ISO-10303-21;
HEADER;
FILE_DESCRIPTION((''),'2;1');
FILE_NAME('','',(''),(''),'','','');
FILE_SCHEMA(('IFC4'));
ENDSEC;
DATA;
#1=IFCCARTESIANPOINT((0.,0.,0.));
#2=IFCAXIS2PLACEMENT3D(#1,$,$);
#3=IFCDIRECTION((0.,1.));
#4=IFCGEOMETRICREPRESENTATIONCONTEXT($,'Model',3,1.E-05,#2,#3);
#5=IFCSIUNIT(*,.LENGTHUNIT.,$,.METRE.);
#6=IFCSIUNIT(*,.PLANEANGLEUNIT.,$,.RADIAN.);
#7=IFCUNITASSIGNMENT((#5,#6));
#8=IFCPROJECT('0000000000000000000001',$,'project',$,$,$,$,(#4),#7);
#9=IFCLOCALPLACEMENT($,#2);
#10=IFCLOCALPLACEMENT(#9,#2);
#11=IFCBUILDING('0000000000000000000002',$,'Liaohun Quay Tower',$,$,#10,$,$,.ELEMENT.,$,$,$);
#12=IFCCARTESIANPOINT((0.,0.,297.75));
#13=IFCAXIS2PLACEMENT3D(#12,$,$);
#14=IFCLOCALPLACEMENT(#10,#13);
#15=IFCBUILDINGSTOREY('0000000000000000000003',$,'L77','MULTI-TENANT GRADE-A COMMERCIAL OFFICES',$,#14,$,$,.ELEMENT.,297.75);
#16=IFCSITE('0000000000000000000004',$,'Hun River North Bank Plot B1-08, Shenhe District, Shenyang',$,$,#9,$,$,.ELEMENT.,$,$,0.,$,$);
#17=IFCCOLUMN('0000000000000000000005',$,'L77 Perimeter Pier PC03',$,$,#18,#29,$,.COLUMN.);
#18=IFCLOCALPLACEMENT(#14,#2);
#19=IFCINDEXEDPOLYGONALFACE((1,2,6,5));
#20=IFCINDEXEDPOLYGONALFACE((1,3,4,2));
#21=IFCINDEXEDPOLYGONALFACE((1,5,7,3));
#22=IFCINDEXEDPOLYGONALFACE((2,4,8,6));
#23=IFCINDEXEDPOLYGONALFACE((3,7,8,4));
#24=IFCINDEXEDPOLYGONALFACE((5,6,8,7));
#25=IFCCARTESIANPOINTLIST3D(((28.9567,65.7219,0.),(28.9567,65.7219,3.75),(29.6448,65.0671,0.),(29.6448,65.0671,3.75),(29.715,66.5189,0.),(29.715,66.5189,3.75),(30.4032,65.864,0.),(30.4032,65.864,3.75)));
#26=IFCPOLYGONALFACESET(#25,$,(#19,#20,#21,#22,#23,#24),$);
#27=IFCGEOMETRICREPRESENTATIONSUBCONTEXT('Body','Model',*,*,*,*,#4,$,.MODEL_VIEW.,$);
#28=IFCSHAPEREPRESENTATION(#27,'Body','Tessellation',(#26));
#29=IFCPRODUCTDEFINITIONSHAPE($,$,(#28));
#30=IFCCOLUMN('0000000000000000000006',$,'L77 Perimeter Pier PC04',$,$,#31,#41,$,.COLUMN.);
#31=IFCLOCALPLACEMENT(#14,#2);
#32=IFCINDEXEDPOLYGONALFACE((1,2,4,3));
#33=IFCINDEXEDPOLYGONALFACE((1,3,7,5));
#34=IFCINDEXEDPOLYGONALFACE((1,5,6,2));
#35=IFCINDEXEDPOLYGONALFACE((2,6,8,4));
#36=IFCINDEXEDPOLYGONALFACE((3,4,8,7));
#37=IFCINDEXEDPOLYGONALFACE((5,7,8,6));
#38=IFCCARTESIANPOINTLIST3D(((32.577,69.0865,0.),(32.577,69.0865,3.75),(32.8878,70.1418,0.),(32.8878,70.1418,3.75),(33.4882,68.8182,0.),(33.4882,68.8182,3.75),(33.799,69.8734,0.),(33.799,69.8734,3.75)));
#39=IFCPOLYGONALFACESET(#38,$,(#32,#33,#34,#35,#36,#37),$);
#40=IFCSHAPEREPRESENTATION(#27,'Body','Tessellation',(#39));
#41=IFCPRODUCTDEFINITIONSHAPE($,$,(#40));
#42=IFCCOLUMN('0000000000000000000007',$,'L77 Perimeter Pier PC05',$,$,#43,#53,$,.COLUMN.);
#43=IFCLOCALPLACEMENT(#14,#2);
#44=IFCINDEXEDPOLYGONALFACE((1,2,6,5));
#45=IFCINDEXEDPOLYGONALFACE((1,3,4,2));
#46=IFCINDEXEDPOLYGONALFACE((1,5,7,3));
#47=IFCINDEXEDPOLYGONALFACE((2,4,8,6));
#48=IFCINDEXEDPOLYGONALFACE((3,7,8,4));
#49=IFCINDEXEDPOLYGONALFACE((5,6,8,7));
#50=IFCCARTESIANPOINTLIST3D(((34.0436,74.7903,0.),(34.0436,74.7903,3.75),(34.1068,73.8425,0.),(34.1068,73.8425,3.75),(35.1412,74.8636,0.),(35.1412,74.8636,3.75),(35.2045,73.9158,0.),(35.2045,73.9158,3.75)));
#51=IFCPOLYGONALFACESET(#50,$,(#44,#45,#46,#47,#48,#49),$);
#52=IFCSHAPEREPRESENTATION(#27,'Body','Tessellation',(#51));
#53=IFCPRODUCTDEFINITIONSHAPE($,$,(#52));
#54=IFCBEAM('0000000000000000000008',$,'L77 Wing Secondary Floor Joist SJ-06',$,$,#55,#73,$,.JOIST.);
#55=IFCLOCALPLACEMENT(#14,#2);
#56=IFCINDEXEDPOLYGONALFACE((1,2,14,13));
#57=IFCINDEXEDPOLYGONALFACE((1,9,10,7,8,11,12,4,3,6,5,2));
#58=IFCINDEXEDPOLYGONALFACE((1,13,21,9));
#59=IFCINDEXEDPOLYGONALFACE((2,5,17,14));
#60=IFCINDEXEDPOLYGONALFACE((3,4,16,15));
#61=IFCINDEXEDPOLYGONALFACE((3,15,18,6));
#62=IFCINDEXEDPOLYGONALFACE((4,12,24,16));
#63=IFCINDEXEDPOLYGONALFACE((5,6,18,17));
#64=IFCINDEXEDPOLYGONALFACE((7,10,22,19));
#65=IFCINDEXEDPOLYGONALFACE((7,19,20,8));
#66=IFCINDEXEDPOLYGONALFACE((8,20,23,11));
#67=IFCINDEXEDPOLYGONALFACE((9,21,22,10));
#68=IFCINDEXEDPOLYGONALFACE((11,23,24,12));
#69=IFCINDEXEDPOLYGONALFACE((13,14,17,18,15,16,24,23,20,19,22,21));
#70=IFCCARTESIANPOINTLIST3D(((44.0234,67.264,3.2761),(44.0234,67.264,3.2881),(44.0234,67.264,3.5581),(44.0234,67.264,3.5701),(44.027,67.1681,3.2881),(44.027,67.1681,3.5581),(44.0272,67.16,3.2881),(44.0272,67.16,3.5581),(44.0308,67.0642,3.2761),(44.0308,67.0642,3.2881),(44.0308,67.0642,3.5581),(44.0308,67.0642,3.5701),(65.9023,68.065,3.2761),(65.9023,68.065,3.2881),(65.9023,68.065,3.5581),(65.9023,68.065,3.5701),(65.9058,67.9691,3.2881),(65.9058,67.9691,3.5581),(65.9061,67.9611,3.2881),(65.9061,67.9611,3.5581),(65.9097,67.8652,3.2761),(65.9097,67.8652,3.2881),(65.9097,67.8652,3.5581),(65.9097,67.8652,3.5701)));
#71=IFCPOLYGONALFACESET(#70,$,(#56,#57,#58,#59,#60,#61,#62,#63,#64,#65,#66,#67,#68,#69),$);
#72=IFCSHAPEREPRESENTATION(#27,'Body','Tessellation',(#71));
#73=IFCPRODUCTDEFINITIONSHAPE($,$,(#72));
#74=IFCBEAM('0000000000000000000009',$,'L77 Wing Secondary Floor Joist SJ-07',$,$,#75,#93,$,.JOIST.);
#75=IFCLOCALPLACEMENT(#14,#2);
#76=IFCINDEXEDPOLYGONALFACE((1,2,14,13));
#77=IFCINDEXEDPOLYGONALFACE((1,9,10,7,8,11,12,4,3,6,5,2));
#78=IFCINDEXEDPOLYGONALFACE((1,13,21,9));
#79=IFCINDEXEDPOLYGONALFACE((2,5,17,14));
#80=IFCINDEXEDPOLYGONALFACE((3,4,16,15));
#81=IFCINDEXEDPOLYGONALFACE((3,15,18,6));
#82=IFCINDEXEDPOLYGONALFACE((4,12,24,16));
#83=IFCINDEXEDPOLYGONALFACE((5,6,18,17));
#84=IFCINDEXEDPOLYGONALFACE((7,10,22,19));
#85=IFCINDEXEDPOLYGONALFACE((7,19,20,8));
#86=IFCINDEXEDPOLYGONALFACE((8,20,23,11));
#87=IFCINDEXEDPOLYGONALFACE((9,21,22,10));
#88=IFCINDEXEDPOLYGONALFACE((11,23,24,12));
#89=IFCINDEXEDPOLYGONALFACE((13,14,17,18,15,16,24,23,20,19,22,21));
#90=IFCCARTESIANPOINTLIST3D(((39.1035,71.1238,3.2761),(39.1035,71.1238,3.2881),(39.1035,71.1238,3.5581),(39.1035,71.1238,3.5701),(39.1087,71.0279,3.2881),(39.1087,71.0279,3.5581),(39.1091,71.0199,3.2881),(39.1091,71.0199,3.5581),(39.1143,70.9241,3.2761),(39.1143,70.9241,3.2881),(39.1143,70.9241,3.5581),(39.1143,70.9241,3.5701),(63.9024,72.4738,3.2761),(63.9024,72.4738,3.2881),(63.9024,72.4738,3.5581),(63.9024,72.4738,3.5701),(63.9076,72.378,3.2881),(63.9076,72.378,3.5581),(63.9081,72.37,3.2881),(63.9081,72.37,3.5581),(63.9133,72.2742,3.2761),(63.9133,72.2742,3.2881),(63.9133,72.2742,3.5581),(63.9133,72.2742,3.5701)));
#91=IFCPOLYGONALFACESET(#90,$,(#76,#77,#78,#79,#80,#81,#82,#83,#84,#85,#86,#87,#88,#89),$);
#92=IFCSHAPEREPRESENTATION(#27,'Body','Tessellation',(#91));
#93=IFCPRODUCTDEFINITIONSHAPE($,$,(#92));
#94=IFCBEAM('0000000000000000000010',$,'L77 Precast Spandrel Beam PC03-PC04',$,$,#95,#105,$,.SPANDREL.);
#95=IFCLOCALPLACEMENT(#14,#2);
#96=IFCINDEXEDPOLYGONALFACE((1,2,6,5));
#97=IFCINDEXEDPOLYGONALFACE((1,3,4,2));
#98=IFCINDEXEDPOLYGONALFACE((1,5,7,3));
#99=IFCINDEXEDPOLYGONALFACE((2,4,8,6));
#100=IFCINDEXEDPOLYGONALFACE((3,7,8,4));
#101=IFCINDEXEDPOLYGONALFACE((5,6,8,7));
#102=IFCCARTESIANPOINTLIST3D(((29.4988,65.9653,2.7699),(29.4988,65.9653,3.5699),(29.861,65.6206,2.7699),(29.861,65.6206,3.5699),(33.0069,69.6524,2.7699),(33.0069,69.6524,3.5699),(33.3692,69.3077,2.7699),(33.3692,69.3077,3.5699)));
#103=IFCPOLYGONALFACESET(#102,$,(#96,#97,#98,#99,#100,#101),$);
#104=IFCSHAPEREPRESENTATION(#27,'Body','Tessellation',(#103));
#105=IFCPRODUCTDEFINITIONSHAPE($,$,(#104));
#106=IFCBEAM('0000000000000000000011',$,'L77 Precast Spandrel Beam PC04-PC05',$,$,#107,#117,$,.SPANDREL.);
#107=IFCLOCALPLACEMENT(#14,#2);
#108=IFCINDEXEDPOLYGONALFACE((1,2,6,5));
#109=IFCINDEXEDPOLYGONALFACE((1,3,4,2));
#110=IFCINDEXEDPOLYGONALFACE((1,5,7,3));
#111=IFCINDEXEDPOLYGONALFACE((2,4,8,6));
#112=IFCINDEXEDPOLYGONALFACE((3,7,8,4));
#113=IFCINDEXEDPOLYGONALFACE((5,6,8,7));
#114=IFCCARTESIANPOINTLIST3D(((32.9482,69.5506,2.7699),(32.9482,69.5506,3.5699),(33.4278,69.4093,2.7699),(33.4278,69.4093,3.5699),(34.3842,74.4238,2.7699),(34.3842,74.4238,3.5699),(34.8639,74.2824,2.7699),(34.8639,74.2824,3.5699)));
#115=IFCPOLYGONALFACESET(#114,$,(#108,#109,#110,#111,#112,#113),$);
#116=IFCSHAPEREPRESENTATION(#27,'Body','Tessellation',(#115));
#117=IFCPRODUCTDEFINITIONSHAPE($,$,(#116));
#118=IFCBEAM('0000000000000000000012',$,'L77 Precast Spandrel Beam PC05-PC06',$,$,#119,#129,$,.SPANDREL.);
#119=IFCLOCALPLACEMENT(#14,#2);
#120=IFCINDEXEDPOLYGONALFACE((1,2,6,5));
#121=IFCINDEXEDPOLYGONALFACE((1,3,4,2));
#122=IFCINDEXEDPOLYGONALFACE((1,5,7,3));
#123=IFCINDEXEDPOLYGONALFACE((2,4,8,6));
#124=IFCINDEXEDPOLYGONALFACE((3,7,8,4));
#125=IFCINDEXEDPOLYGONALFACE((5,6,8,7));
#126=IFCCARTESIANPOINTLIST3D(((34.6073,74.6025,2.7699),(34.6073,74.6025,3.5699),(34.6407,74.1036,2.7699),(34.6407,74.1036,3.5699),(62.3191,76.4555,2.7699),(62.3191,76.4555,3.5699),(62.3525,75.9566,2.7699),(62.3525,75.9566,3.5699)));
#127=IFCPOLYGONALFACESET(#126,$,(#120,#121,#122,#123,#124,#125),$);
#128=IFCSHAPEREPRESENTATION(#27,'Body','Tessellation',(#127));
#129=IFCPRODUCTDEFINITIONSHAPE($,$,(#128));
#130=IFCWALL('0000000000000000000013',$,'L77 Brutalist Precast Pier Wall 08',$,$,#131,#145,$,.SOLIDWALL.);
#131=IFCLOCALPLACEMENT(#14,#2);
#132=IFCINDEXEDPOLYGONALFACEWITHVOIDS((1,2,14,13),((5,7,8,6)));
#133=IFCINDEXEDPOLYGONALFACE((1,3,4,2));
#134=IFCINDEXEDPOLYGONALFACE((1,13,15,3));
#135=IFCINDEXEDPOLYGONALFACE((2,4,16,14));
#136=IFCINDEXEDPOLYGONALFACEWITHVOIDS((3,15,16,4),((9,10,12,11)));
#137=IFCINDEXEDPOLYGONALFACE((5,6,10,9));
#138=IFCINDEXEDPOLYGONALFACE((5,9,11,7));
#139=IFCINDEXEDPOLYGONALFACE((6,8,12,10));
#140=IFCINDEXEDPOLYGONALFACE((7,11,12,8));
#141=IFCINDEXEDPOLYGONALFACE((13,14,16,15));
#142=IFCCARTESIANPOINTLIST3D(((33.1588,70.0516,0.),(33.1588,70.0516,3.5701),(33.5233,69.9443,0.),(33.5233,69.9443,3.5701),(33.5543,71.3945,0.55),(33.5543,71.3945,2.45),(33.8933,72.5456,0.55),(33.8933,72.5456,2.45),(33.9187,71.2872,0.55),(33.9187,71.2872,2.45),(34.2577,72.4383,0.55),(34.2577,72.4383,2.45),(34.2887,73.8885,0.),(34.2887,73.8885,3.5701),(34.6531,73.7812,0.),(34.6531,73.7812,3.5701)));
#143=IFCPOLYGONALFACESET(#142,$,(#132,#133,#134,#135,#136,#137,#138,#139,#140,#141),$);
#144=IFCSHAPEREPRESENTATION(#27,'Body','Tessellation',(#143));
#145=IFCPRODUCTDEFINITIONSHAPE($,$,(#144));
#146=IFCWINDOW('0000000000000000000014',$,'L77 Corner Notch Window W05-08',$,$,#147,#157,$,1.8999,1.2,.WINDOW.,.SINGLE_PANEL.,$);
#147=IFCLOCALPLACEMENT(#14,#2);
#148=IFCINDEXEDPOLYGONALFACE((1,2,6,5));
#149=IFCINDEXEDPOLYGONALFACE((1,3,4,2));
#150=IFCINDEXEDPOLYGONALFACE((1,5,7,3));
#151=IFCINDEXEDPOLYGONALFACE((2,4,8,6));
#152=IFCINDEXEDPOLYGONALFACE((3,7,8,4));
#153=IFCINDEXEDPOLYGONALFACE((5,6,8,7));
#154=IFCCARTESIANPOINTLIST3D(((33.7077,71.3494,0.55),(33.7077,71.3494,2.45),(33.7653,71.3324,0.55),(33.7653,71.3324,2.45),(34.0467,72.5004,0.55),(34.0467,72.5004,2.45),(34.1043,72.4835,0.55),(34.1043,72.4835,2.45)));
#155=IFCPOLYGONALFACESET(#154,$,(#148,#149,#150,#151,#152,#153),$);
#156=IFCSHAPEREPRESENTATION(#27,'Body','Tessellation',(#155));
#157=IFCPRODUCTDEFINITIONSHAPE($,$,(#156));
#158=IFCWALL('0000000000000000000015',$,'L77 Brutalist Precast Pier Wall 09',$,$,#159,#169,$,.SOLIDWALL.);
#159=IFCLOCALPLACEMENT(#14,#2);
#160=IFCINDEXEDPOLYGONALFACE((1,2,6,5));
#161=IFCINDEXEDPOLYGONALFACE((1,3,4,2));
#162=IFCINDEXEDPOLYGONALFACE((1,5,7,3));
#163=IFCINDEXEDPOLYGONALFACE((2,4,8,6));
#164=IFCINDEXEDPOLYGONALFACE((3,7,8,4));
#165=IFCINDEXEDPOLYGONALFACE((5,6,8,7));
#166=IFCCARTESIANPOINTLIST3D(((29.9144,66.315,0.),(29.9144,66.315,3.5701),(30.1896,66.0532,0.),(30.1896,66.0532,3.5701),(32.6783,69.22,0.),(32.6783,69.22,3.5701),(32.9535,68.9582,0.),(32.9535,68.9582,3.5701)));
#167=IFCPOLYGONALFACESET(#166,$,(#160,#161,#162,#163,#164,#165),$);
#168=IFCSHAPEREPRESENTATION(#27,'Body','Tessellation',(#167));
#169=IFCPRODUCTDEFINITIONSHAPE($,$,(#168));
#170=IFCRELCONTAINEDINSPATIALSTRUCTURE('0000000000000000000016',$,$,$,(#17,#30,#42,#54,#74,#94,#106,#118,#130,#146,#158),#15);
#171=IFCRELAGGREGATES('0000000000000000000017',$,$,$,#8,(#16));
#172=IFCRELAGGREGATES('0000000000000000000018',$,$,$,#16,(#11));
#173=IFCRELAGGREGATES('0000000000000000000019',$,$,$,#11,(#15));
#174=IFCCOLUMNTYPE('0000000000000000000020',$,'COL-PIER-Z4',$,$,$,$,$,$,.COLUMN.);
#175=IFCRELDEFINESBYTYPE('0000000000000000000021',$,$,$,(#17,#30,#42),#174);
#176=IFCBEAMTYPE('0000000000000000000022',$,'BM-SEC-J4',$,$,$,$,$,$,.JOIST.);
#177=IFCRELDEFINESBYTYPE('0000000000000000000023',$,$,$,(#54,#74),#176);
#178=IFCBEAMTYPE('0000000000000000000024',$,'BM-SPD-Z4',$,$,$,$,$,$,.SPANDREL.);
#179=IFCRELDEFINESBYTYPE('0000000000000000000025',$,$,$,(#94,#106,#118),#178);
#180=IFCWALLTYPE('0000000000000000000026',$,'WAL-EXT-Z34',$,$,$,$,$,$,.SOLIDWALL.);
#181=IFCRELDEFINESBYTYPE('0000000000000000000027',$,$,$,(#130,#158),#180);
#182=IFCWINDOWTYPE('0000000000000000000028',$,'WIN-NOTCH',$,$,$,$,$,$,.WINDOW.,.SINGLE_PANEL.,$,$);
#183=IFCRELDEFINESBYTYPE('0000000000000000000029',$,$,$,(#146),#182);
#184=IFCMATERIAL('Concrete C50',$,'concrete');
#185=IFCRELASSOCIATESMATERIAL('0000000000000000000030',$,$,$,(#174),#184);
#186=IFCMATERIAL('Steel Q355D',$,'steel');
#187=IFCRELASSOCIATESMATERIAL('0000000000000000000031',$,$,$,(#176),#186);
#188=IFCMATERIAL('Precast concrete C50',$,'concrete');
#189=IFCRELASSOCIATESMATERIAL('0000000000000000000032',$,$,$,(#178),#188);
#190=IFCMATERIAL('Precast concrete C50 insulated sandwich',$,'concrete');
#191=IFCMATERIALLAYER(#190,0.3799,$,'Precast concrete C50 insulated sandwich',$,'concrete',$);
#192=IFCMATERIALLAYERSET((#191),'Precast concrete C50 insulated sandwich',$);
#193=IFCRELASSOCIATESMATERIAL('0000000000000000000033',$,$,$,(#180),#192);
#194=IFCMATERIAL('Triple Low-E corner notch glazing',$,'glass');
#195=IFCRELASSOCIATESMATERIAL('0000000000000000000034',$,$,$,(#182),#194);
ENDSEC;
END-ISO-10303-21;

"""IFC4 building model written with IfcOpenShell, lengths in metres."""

from ifc_helpers import new_model, si_unit, direction, frame, frame_2d, origin, origin_2d, place, context, subcontext, project, spatial, rectangle, i_section, extrude, source, transform, mapped, material, layer, layer_set, material_profile, profile_set, type_object, element, fill, save


model = new_model("IFC4")

# Units and contexts
model_context = context("Model", 3, precision=1e-05, world=origin(), true_north=direction((0.0, 1.0)))
body_context = subcontext(model_context, "Body", "Model", "MODEL_VIEW")
ifc_project = project(units=[si_unit("LENGTHUNIT", "METRE"), si_unit("PLANEANGLEUNIT", "RADIAN")], contexts=[model_context])

# Site, building, storey
site_placement = place(None, origin())
site = spatial("IfcSite", under=ifc_project, at=site_placement, Name="Hun River North Bank Plot B1-08, Shenhe District, Shenyang", CompositionType="ELEMENT", RefElevation=0.0)
building_placement = place(site_placement, origin())
building = spatial("IfcBuilding", under=site, at=building_placement, Name="Liaohun Quay Tower", CompositionType="ELEMENT")
storey_placement = place(building_placement, frame((0.0, 0.0, 297.75)))
storey = spatial("IfcBuildingStorey", under=building, at=storey_placement, Name="L77", Description="MULTI-TENANT GRADE-A COMMERCIAL OFFICES", CompositionType="ELEMENT", Elevation=297.75)

# Columns
ifc_material_1 = material(Name="Concrete C50", Category="concrete")
ifc_material_profile_1 = material_profile(ifc_material_1, rectangle(XDim=1.1001, YDim=0.95, at=origin_2d()), Name="RC1100x950")
ifc_profile_set_1 = profile_set([ifc_material_profile_1], Name="Concrete C50")
column_type = type_object("IfcColumnType", Name="COL-PIER-Z4", PredefinedType="COLUMN", material=ifc_profile_set_1)
shared_shape_1 = source(origin(), body_context, "Body", "SweptSolid", [
    extrude(rectangle(XDim=1.1001, YDim=0.95, at=origin_2d()), origin(), (0.0, 0.0, 1.0), 3.75),
])
for number, where, z_axis, x_axis, name in (
    (1, (29.6799, 65.793, 0.0), (0.0, 0.0, 1.0), (0.689367, 0.724413, 0.0), "L77 Perimeter Pier PC03"),
    (2, (33.188, 69.48, 0.0), (0.0, 0.0, 1.0), (0.282509, 0.959265, 0.0), "L77 Perimeter Pier PC04"),
    (3, (34.624, 74.353, 0.0), (0.0, 0.0, 1.0), (0.997778, 0.066622, 0.0), "L77 Perimeter Pier PC05"),
):
    element("IfcColumn", number, at=place(storey_placement, frame(where, z_axis=z_axis, x_axis=x_axis)), inside=storey, type_object=column_type, Name=name, PredefinedType="COLUMN", context=body_context, shape_type="MappedRepresentation", body=[
        mapped(shared_shape_1, transform((0.0, 0.0, 0.0), x_axis=(1.0, 0.0, 0.0), y_axis=(0.0, 1.0, 0.0), z_axis=(0.0, 0.0, 1.0), scale=1.0)),
    ])

# Beams
ifc_material_2 = material(Name="Steel Q355D", Category="steel")
ifc_material_profile_2 = material_profile(ifc_material_2, i_section(OverallWidth=0.2, OverallDepth=0.2939, WebThickness=0.0081, FlangeThickness=0.012, at=origin_2d()), Name="HM294x200x8x12")
ifc_profile_set_2 = profile_set([ifc_material_profile_2], Name="Steel Q355D")
beam_type_1 = type_object("IfcBeamType", Name="BM-SEC-J4", PredefinedType="JOIST", material=ifc_profile_set_2)
shared_shape_2 = source(origin(), body_context, "Body", "SweptSolid", [
    extrude(i_section(OverallWidth=0.2, OverallDepth=0.2939, WebThickness=0.0081, FlangeThickness=0.012, at=origin_2d()), origin(), (0.0, 0.0, 1.0), 21.8936),
])
beam_1_placement = place(storey_placement, frame((44.0271, 67.1641, 3.4231), z_axis=(0.99933, 0.036587, 0.0), x_axis=(-0.036587, 0.99933, 0.0)))
element("IfcBeam", 4, at=beam_1_placement, inside=storey, type_object=beam_type_1, Name="L77 Wing Secondary Floor Joist SJ-06", PredefinedType="JOIST", context=body_context, shape_type="MappedRepresentation", body=[
    mapped(shared_shape_2, transform((0.0, 0.0, 0.0), x_axis=(1.0, 0.0, 0.0), y_axis=(0.0, 1.0, 0.0), z_axis=(0.0, 0.0, 1.0), scale=1.0)),
])
shared_shape_3 = source(origin(), body_context, "Body", "SweptSolid", [
    extrude(i_section(OverallWidth=0.2, OverallDepth=0.2939, WebThickness=0.0081, FlangeThickness=0.012, at=origin_2d()), origin(), (0.0, 0.0, 1.0), 24.8357),
])
beam_2_placement = place(storey_placement, frame((39.1089, 71.0239, 3.4231), z_axis=(0.998521, 0.054361, 0.0), x_axis=(-0.054361, 0.998521, 0.0)))
element("IfcBeam", 5, at=beam_2_placement, inside=storey, type_object=beam_type_1, Name="L77 Wing Secondary Floor Joist SJ-07", PredefinedType="JOIST", context=body_context, shape_type="MappedRepresentation", body=[
    mapped(shared_shape_3, transform((0.0, 0.0, 0.0), x_axis=(1.0, 0.0, 0.0), y_axis=(0.0, 1.0, 0.0), z_axis=(0.0, 0.0, 1.0), scale=1.0)),
])
ifc_material_3 = material(Name="Precast concrete C50", Category="concrete")
ifc_material_profile_3 = material_profile(ifc_material_3, rectangle(XDim=0.5, YDim=0.8, at=origin_2d()), Name="RC500x800")
ifc_profile_set_3 = profile_set([ifc_material_profile_3], Name="Precast concrete C50")
beam_type_2 = type_object("IfcBeamType", Name="BM-SPD-Z4", PredefinedType="SPANDREL", material=ifc_profile_set_3)
shared_shape_4 = source(origin(), body_context, "Body", "SweptSolid", [
    extrude(rectangle(XDim=0.5, YDim=0.8, at=origin_2d()), origin(), (0.0, 0.0, 1.0), 5.0894),
])
beam_3_placement = place(storey_placement, frame((29.6799, 65.793, 3.1699), z_axis=(0.689307, 0.72447, 0.0), x_axis=(-0.72447, 0.689307, 0.0)))
element("IfcBeam", 6, at=beam_3_placement, inside=storey, type_object=beam_type_2, Name="L77 Precast Spandrel Beam PC03-PC04", PredefinedType="SPANDREL", context=body_context, shape_type="MappedRepresentation", body=[
    mapped(shared_shape_4, transform((0.0, 0.0, 0.0), x_axis=(1.0, 0.0, 0.0), y_axis=(0.0, 1.0, 0.0), z_axis=(0.0, 0.0, 1.0), scale=1.0)),
])
shared_shape_5 = source(origin(), body_context, "Body", "SweptSolid", [
    extrude(rectangle(XDim=0.5, YDim=0.8, at=origin_2d()), origin(), (0.0, 0.0, 1.0), 5.0803),
])
beam_4_placement = place(storey_placement, frame((33.188, 69.48, 3.1699), z_axis=(0.282671, 0.959217, 0.0), x_axis=(-0.959217, 0.282671, 0.0)))
element("IfcBeam", 7, at=beam_4_placement, inside=storey, type_object=beam_type_2, Name="L77 Precast Spandrel Beam PC04-PC05", PredefinedType="SPANDREL", context=body_context, shape_type="MappedRepresentation", body=[
    mapped(shared_shape_5, transform((0.0, 0.0, 0.0), x_axis=(1.0, 0.0, 0.0), y_axis=(0.0, 1.0, 0.0), z_axis=(0.0, 0.0, 1.0), scale=1.0)),
])
shared_shape_6 = source(origin(), body_context, "Body", "SweptSolid", [
    extrude(rectangle(XDim=0.5, YDim=0.8, at=origin_2d()), origin(), (0.0, 0.0, 1.0), 27.7737),
])
beam_5_placement = place(storey_placement, frame((34.624, 74.353, 3.1699), z_axis=(0.997772, 0.066719, 0.0), x_axis=(-0.066719, 0.997772, 0.0)))
element("IfcBeam", 8, at=beam_5_placement, inside=storey, type_object=beam_type_2, Name="L77 Precast Spandrel Beam PC05-PC06", PredefinedType="SPANDREL", context=body_context, shape_type="MappedRepresentation", body=[
    mapped(shared_shape_6, transform((0.0, 0.0, 0.0), x_axis=(1.0, 0.0, 0.0), y_axis=(0.0, 1.0, 0.0), z_axis=(0.0, 0.0, 1.0), scale=1.0)),
])

# Wall, opening, window
ifc_material_4 = material(Name="Precast concrete C50 insulated sandwich", Category="concrete")
ifc_layer_1 = layer(ifc_material_4, 0.3799, Name="Precast concrete C50 insulated sandwich", Category="concrete")
ifc_layer_set_1 = layer_set([ifc_layer_1], Name="Precast concrete C50 insulated sandwich")
wall_type_1 = type_object("IfcWallType", Name="WAL-EXT-Z34", PredefinedType="SOLIDWALL", material=ifc_layer_set_1)
wall_1_placement = place(storey_placement, frame((34.4709, 73.835, 0.0), z_axis=(0.0, 0.0, 1.0), x_axis=(-0.282484, -0.959272, 0.0)))
wall_1 = element("IfcWall", 9, at=wall_1_placement, inside=storey, type_object=wall_type_1, Name="L77 Brutalist Precast Pier Wall 08", PredefinedType="SOLIDWALL", context=body_context, shape_type="SweptSolid", body=[
    extrude(rectangle(XDim=3.9998, YDim=0.3799, at=frame_2d((2.0, 0.0))), origin(), (0.0, 0.0, 1.0), 3.5701),
])
shared_shape_7 = source(origin(), body_context, "Body", "SweptSolid", [
    extrude(rectangle(XDim=1.2, YDim=1.8999, at=frame_2d((0.6001, 0.95))), frame((0.0, 0.2, 0.0), z_axis=(0.0, -1.0, 0.0), x_axis=(1.0, 0.0, 0.0)), (0.0, 0.0, 1.0), 0.3999),
])
opening_1_placement = place(wall_1_placement, frame((1.3999, 0.0, 0.55)))
opening_1 = element("IfcOpeningElement", 10, at=opening_1_placement, cuts=wall_1, PredefinedType="OPENING", context=body_context, shape_type="MappedRepresentation", body=[
    mapped(shared_shape_7, transform((0.0, 0.0, 0.0), x_axis=(1.0, 0.0, 0.0), y_axis=(0.0, 1.0, 0.0), z_axis=(0.0, 0.0, 1.0), scale=1.0)),
])
ifc_material_5 = material(Name="Triple Low-E corner notch glazing", Category="glass")
window_type_1 = type_object("IfcWindowType", Name="WIN-NOTCH", PartitioningType="SINGLE_PANEL", PredefinedType="WINDOW", material=ifc_material_5)
shared_shape_8 = source(origin(), body_context, "Body", "SweptSolid", [
    extrude(rectangle(XDim=1.2, YDim=1.8999, at=frame_2d((0.6001, 0.95))), frame((0.0, 0.03, 0.0), z_axis=(0.0, -1.0, 0.0), x_axis=(1.0, 0.0, 0.0)), (0.0, 0.0, 1.0), 0.0601),
])
window_1_placement = place(opening_1_placement, origin())
window_1 = element("IfcWindow", 11, at=window_1_placement, inside=storey, type_object=window_type_1, Name="L77 Corner Notch Window W05-08", OverallHeight=1.8999, OverallWidth=1.2, PartitioningType="SINGLE_PANEL", PredefinedType="WINDOW", context=body_context, shape_type="MappedRepresentation", body=[
    mapped(shared_shape_8, transform((0.0, 0.0, 0.0), x_axis=(1.0, 0.0, 0.0), y_axis=(0.0, 1.0, 0.0), z_axis=(0.0, 0.0, 1.0), scale=1.0)),
])
fill(opening_1, window_1)

# Wall
wall_2_placement = place(storey_placement, frame((32.8159, 69.0891, 0.0), z_axis=(0.0, 0.0, 1.0), x_axis=(-0.689292, -0.724484, 0.0)))
element("IfcWall", 12, at=wall_2_placement, inside=storey, type_object=wall_type_1, Name="L77 Brutalist Precast Pier Wall 09", PredefinedType="SOLIDWALL", context=body_context, shape_type="SweptSolid", body=[
    extrude(rectangle(XDim=4.0098, YDim=0.3799, at=frame_2d((2.0049, 0.0))), origin(), (0.0, 0.0, 1.0), 3.5701),
])

save(model, "model.ifc")
